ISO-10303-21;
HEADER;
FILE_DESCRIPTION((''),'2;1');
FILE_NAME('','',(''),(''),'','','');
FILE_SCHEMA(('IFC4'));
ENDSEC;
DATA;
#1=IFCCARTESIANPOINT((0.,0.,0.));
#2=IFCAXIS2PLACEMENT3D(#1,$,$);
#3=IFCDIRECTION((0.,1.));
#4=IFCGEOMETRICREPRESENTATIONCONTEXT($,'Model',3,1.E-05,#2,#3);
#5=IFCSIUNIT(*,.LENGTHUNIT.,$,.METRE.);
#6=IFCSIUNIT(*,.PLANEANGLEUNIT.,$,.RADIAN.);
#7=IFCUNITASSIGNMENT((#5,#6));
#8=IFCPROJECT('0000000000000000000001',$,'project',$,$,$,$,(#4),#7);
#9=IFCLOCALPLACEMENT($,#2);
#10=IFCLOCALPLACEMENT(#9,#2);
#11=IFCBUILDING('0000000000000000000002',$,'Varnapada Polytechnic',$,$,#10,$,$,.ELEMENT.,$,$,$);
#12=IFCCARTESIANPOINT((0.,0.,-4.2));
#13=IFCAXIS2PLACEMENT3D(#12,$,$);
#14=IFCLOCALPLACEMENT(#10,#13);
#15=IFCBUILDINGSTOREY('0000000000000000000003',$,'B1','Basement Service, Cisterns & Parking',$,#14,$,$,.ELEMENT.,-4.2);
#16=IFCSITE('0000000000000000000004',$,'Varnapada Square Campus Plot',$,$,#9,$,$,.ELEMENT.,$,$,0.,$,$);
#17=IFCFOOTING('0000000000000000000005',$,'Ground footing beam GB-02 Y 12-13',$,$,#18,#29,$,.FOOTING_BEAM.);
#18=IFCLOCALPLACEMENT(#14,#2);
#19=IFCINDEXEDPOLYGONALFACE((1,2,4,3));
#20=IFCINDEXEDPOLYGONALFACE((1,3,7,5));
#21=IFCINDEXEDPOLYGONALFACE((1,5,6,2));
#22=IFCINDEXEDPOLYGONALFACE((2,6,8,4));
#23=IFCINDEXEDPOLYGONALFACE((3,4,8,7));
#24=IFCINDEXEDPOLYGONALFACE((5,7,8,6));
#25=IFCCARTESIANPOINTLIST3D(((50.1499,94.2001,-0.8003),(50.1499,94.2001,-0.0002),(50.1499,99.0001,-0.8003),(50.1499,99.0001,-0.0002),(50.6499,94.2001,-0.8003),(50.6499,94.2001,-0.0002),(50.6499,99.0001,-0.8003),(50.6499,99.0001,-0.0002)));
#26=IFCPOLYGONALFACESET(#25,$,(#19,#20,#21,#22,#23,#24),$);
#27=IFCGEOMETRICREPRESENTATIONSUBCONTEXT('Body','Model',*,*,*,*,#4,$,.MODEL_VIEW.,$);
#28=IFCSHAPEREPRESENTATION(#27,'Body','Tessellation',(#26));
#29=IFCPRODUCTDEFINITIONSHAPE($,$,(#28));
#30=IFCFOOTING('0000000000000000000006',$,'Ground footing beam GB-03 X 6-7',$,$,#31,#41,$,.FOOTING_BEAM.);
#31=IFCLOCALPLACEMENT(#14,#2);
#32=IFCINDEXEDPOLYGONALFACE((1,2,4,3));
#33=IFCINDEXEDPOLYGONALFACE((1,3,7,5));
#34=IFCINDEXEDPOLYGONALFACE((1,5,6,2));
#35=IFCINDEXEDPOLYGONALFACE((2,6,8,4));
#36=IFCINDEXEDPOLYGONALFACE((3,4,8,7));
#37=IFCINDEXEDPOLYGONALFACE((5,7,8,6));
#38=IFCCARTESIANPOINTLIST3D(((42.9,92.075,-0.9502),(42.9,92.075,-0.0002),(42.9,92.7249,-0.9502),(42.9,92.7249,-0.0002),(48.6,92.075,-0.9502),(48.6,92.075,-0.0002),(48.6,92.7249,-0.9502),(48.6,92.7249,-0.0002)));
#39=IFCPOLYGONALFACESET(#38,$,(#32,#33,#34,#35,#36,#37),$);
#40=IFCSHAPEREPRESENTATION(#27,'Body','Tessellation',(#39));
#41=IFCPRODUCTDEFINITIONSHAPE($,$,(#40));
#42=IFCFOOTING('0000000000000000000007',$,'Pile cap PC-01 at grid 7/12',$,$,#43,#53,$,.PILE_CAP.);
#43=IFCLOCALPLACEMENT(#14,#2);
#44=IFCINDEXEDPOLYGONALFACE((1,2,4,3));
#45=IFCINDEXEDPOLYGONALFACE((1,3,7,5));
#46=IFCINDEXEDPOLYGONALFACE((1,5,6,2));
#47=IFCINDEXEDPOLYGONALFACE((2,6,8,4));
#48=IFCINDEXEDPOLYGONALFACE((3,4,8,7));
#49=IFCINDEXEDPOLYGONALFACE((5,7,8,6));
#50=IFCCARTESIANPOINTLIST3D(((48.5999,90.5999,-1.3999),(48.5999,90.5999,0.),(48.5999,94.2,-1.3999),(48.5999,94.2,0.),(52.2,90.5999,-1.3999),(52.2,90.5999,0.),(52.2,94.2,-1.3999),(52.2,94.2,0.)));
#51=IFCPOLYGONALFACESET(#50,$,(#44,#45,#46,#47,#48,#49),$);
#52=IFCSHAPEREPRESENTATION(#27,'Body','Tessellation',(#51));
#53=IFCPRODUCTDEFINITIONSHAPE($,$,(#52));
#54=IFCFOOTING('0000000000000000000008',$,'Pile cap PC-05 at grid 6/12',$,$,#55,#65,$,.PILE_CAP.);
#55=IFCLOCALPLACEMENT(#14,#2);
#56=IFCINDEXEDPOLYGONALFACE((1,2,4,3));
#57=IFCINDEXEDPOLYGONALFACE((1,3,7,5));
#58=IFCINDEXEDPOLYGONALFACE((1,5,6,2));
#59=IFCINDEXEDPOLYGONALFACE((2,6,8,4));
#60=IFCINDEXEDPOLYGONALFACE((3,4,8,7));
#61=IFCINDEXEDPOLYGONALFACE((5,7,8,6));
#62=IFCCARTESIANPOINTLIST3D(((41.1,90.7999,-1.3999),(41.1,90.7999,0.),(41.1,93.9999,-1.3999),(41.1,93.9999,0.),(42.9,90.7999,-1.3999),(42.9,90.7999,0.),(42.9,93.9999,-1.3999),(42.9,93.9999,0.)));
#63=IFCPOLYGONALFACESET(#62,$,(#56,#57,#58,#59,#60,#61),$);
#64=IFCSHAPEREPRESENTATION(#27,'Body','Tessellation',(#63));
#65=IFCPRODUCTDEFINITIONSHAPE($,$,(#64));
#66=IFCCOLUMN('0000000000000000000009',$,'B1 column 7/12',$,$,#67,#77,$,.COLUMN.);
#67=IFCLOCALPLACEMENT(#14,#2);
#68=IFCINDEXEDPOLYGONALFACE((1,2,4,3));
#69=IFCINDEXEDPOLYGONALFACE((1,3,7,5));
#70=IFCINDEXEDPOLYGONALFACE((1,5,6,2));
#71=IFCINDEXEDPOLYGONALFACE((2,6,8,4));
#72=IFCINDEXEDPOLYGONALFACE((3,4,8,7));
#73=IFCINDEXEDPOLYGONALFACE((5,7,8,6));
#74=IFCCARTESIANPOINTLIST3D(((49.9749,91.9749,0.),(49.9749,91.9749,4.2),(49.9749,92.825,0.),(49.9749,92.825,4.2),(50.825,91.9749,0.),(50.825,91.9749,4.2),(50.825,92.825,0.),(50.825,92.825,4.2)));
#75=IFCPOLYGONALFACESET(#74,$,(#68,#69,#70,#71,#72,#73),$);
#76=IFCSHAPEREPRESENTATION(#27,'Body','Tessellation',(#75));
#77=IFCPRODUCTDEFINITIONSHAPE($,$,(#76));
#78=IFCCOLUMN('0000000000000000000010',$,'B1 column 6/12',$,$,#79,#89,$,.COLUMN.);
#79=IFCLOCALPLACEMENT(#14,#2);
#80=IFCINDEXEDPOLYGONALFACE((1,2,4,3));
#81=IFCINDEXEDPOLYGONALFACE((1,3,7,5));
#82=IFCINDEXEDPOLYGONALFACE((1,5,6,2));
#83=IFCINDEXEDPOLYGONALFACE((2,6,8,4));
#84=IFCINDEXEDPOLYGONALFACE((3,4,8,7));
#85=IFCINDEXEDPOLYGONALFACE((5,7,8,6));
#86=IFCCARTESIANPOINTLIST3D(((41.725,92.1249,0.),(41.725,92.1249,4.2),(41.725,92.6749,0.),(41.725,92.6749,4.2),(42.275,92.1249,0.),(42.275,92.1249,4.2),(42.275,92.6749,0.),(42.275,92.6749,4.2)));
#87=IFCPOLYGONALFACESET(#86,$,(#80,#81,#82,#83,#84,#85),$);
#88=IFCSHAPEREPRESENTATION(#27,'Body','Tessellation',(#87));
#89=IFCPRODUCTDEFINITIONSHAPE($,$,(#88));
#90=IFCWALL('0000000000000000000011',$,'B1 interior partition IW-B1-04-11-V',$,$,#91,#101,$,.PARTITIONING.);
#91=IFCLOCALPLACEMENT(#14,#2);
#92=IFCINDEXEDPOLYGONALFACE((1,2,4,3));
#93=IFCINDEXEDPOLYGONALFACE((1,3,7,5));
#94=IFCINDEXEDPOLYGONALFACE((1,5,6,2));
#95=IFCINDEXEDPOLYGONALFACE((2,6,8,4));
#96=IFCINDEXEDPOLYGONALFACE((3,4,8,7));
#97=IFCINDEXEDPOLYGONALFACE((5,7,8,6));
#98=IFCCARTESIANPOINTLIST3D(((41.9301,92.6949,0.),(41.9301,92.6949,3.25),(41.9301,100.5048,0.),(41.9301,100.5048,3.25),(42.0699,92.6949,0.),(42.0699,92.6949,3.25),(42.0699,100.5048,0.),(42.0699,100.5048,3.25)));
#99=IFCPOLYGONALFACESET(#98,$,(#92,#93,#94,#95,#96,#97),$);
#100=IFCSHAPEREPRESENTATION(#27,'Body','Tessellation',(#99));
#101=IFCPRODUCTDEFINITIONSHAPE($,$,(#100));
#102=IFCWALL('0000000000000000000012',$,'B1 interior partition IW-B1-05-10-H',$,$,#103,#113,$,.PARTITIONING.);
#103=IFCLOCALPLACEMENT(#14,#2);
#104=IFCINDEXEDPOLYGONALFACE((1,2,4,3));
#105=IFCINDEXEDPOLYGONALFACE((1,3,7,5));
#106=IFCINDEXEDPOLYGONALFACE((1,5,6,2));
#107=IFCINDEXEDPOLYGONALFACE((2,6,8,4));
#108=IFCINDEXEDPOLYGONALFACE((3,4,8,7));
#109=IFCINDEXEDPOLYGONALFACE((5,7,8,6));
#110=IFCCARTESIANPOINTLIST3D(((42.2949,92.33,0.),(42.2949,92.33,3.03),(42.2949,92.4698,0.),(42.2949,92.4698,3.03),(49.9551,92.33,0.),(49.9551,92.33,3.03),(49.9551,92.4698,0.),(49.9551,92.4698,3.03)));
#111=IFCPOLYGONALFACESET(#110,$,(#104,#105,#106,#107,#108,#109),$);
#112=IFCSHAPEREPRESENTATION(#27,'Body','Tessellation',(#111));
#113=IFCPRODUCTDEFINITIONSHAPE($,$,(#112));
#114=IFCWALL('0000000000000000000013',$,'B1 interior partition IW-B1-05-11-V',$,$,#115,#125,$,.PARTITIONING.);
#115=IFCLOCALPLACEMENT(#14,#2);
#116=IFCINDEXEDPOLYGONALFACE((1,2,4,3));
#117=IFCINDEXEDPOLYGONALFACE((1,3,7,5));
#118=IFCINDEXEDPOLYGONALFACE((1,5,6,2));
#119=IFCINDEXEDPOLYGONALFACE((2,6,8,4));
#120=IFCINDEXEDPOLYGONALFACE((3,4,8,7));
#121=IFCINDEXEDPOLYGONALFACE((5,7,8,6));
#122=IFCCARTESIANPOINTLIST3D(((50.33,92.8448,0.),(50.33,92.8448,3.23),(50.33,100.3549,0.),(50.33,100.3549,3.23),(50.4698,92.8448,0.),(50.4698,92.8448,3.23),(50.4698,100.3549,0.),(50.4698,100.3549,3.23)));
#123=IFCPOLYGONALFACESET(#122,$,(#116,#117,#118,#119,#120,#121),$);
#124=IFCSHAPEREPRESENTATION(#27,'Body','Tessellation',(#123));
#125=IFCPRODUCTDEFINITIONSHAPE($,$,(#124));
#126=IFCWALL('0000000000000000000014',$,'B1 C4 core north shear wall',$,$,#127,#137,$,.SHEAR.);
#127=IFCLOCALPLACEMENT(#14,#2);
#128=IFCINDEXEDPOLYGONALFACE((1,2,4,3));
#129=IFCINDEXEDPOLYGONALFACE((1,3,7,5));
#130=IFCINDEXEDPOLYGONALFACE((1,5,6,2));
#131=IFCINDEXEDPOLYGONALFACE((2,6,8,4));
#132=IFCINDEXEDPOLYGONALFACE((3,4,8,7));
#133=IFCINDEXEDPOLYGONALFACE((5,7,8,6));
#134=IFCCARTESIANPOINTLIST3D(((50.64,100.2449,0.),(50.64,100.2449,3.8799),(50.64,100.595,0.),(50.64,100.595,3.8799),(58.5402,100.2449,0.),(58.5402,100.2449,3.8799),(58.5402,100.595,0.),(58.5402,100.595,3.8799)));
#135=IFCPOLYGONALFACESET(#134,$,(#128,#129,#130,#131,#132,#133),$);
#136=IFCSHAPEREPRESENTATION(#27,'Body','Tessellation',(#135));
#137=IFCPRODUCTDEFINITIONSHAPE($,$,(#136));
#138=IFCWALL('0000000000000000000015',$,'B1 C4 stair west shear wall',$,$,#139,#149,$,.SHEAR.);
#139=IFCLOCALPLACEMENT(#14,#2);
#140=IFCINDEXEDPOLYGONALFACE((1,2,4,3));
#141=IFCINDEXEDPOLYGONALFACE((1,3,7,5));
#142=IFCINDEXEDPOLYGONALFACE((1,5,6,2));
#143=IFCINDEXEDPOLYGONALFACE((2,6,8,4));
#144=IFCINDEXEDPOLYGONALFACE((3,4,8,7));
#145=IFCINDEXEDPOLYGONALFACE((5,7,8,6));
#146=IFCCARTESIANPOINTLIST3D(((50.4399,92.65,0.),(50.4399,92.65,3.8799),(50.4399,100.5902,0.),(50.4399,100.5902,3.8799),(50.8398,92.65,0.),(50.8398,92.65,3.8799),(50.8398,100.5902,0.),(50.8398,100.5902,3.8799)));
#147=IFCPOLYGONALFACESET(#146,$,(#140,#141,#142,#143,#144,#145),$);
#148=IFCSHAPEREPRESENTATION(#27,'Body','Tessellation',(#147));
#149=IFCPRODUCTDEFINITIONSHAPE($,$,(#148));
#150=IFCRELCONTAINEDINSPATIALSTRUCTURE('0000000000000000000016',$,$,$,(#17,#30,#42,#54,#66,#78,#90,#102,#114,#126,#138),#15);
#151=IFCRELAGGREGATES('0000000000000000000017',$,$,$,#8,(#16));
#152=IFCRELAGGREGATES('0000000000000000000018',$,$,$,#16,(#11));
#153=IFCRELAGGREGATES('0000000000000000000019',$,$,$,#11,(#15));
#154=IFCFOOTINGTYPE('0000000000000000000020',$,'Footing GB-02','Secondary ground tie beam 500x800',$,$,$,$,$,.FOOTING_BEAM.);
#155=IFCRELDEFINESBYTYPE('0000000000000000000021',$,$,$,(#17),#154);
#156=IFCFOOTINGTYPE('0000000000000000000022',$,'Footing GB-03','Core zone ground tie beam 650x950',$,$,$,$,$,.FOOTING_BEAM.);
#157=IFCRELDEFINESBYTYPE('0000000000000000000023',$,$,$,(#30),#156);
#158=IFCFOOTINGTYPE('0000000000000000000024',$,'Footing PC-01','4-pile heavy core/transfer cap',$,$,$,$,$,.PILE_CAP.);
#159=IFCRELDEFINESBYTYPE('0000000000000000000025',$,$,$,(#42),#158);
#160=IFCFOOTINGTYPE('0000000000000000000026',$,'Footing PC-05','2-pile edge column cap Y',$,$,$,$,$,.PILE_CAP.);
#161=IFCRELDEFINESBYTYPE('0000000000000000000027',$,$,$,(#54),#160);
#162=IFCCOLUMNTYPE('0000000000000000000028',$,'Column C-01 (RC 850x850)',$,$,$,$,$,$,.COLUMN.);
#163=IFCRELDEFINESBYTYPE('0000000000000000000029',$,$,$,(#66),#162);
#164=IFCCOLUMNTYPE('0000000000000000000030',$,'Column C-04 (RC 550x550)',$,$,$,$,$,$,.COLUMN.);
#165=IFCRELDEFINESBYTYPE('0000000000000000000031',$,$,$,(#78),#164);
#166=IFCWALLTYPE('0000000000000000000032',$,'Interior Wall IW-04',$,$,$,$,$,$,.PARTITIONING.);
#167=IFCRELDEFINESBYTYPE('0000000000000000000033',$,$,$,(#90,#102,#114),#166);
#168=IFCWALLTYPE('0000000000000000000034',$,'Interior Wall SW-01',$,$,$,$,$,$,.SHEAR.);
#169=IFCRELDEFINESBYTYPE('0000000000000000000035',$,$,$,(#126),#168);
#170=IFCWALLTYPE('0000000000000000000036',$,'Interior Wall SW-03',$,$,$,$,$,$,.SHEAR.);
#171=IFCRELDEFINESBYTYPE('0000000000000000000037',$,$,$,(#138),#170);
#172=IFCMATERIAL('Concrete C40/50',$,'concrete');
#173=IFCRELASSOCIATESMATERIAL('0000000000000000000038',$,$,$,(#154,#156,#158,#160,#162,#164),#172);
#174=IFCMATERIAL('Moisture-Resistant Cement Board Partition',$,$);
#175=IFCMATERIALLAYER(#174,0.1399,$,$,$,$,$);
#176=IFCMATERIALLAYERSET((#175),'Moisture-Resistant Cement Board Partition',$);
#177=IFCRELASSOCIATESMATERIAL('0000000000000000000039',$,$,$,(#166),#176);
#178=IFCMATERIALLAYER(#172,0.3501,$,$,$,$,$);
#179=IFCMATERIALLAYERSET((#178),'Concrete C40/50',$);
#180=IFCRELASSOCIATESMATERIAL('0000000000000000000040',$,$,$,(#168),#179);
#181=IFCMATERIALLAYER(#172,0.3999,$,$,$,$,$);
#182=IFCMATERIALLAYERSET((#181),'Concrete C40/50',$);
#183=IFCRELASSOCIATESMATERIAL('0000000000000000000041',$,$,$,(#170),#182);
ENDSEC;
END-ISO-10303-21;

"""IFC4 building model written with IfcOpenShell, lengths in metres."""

from ifc_helpers import new_model, si_unit, direction, frame, frame_2d, origin, origin_2d, place, context, subcontext, project, spatial, rectangle, extrude, material, layer, layer_set, material_profile, profile_set, type_object, element, save


model = new_model("IFC4")

# Units and contexts
model_context = context("Model", 3, precision=1e-05, world=origin(), true_north=direction((0.0, 1.0)))
body_context = subcontext(model_context, "Body", "Model", "MODEL_VIEW")
ifc_project = project(units=[si_unit("LENGTHUNIT", "METRE"), si_unit("PLANEANGLEUNIT", "RADIAN")], contexts=[model_context])

# Site, building, storey
site_placement = place(None, origin())
site = spatial("IfcSite", under=ifc_project, at=site_placement, Name="Varnapada Square Campus Plot", CompositionType="ELEMENT", RefElevation=0.0)
building_placement = place(site_placement, origin())
building = spatial("IfcBuilding", under=site, at=building_placement, Name="Varnapada Polytechnic", CompositionType="ELEMENT")
storey_placement = place(building_placement, frame((0.0, 0.0, -4.2)))
storey = spatial("IfcBuildingStorey", under=building, at=storey_placement, Name="B1", Description="Basement Service, Cisterns & Parking", CompositionType="ELEMENT", Elevation=-4.2)

# Shared definitions
ifc_material_1 = material(Name="Concrete C40/50", Category="concrete")

# Footings
footing_type_1 = type_object("IfcFootingType", Name="Footing GB-02", Description="Secondary ground tie beam 500x800", PredefinedType="FOOTING_BEAM", material=ifc_material_1)
footing_1_placement = place(storey_placement, frame((50.3999, 96.6001, -0.8003), z_axis=(0.0, 0.0, 1.0), x_axis=(0.0, 1.0, 0.0)))
element("IfcFooting", 1, at=footing_1_placement, inside=storey, type_object=footing_type_1, Name="Ground footing beam GB-02 Y 12-13", PredefinedType="FOOTING_BEAM", context=body_context, shape_type="SweptSolid", body=[
    extrude(rectangle(XDim=4.8, YDim=0.5, at=origin_2d()), origin(), (0.0, 0.0, 1.0), 0.8),
])
footing_type_2 = type_object("IfcFootingType", Name="Footing GB-03", Description="Core zone ground tie beam 650x950", PredefinedType="FOOTING_BEAM", material=ifc_material_1)
footing_2_placement = place(storey_placement, frame((45.75, 92.3999, -0.9502), z_axis=(0.0, 0.0, 1.0), x_axis=(1.0, 0.0, 0.0)))
element("IfcFooting", 2, at=footing_2_placement, inside=storey, type_object=footing_type_2, Name="Ground footing beam GB-03 X 6-7", PredefinedType="FOOTING_BEAM", context=body_context, shape_type="SweptSolid", body=[
    extrude(rectangle(XDim=5.7, YDim=0.6499, at=origin_2d()), origin(), (0.0, 0.0, 1.0), 0.95),
])
footing_type_3 = type_object("IfcFootingType", Name="Footing PC-01", Description="4-pile heavy core/transfer cap", PredefinedType="PILE_CAP", material=ifc_material_1)
footing_3_placement = place(storey_placement, frame((50.3999, 92.3999, -1.3999), z_axis=(0.0, 0.0, 1.0), x_axis=(1.0, 0.0, 0.0)))
element("IfcFooting", 3, at=footing_3_placement, inside=storey, type_object=footing_type_3, Name="Pile cap PC-01 at grid 7/12", PredefinedType="PILE_CAP", context=body_context, shape_type="SweptSolid", body=[
    extrude(rectangle(XDim=3.6001, YDim=3.6001, at=origin_2d()), origin(), (0.0, 0.0, 1.0), 1.3999),
])
footing_type_4 = type_object("IfcFootingType", Name="Footing PC-05", Description="2-pile edge column cap Y", PredefinedType="PILE_CAP", material=ifc_material_1)
footing_4_placement = place(storey_placement, frame((42.0, 92.3999, -1.3999), z_axis=(0.0, 0.0, 1.0), x_axis=(1.0, 0.0, 0.0)))
element("IfcFooting", 4, at=footing_4_placement, inside=storey, type_object=footing_type_4, Name="Pile cap PC-05 at grid 6/12", PredefinedType="PILE_CAP", context=body_context, shape_type="SweptSolid", body=[
    extrude(rectangle(XDim=1.8, YDim=3.2, at=origin_2d()), origin(), (0.0, 0.0, 1.0), 1.3999),
])

# Columns
ifc_material_profile_1 = material_profile(ifc_material_1, rectangle(XDim=0.8501, YDim=0.8501, at=origin_2d()), Name="RC 850x850")
ifc_profile_set_1 = profile_set([ifc_material_profile_1], Name="Concrete C40/50")
column_type_1 = type_object("IfcColumnType", Name="Column C-01 (RC 850x850)", PredefinedType="COLUMN", material=ifc_profile_set_1)
column_1_placement = place(storey_placement, frame((50.3999, 92.3999, 0.0), z_axis=(0.0, 0.0, 1.0), x_axis=(1.0, 0.0, 0.0)))
element("IfcColumn", 5, at=column_1_placement, inside=storey, type_object=column_type_1, Name="B1 column 7/12", PredefinedType="COLUMN", context=body_context, shape_type="SweptSolid", body=[
    extrude(rectangle(XDim=0.8501, YDim=0.8501, at=origin_2d()), origin(), (0.0, 0.0, 1.0), 4.2),
])
ifc_material_profile_2 = material_profile(ifc_material_1, rectangle(XDim=0.55, YDim=0.55, at=origin_2d()), Name="RC 550x550")
ifc_profile_set_2 = profile_set([ifc_material_profile_2], Name="Concrete C40/50")
column_type_2 = type_object("IfcColumnType", Name="Column C-04 (RC 550x550)", PredefinedType="COLUMN", material=ifc_profile_set_2)
column_2_placement = place(storey_placement, frame((42.0, 92.3999, 0.0), z_axis=(0.0, 0.0, 1.0), x_axis=(1.0, 0.0, 0.0)))
element("IfcColumn", 6, at=column_2_placement, inside=storey, type_object=column_type_2, Name="B1 column 6/12", PredefinedType="COLUMN", context=body_context, shape_type="SweptSolid", body=[
    extrude(rectangle(XDim=0.55, YDim=0.55, at=origin_2d()), origin(), (0.0, 0.0, 1.0), 4.2),
])

# Walls
ifc_material_2 = material(Name="Moisture-Resistant Cement Board Partition")
ifc_layer_1 = layer(ifc_material_2, 0.1399)
ifc_layer_set_1 = layer_set([ifc_layer_1], Name="Moisture-Resistant Cement Board Partition")
wall_type_1 = type_object("IfcWallType", Name="Interior Wall IW-04", PredefinedType="PARTITIONING", material=ifc_layer_set_1)
wall_1_placement = place(storey_placement, frame((42.0, 92.6951, 0.0), z_axis=(0.0, 0.0, 1.0), x_axis=(0.0, 1.0, 0.0)))
element("IfcWall", 7, at=wall_1_placement, inside=storey, type_object=wall_type_1, Name="B1 interior partition IW-B1-04-11-V", PredefinedType="PARTITIONING", context=body_context, shape_type="SweptSolid", body=[
    extrude(rectangle(XDim=7.8098, YDim=0.1399, at=frame_2d((3.9048, 0.0))), origin(), (0.0, 0.0, 1.0), 3.25),
])
wall_2_placement = place(storey_placement, frame((42.2949, 92.3999, 0.0), z_axis=(0.0, 0.0, 1.0), x_axis=(1.0, 0.0, 0.0)))
element("IfcWall", 8, at=wall_2_placement, inside=storey, type_object=wall_type_1, Name="B1 interior partition IW-B1-05-10-H", PredefinedType="PARTITIONING", context=body_context, shape_type="SweptSolid", body=[
    extrude(rectangle(XDim=7.6602, YDim=0.1399, at=frame_2d((3.8301, 0.0))), origin(), (0.0, 0.0, 1.0), 3.03),
])
wall_3_placement = place(storey_placement, frame((50.3999, 92.845, 0.0), z_axis=(0.0, 0.0, 1.0), x_axis=(0.0, 1.0, 0.0)))
element("IfcWall", 9, at=wall_3_placement, inside=storey, type_object=wall_type_1, Name="B1 interior partition IW-B1-05-11-V", PredefinedType="PARTITIONING", context=body_context, shape_type="SweptSolid", body=[
    extrude(rectangle(XDim=7.51, YDim=0.1399, at=frame_2d((3.7549, 0.0))), origin(), (0.0, 0.0, 1.0), 3.23),
])
ifc_layer_2 = layer(ifc_material_1, 0.3501)
ifc_layer_set_2 = layer_set([ifc_layer_2], Name="Concrete C40/50")
wall_type_2 = type_object("IfcWallType", Name="Interior Wall SW-01", PredefinedType="SHEAR", material=ifc_layer_set_2)
wall_4_placement = place(storey_placement, frame((50.6399, 100.4199, 0.0), z_axis=(0.0, 0.0, 1.0), x_axis=(1.0, 0.0, 0.0)))
element("IfcWall", 10, at=wall_4_placement, inside=storey, type_object=wall_type_2, Name="B1 C4 core north shear wall", PredefinedType="SHEAR", context=body_context, shape_type="SweptSolid", body=[
    extrude(rectangle(XDim=7.9001, YDim=0.3501, at=frame_2d((3.9502, 0.0))), origin(), (0.0, 0.0, 1.0), 3.8799),
])
ifc_layer_3 = layer(ifc_material_1, 0.3999)
ifc_layer_set_3 = layer_set([ifc_layer_3], Name="Concrete C40/50")
wall_type_3 = type_object("IfcWallType", Name="Interior Wall SW-03", PredefinedType="SHEAR", material=ifc_layer_set_3)
wall_5_placement = place(storey_placement, frame((50.6399, 92.6499, 0.0), z_axis=(0.0, 0.0, 1.0), x_axis=(0.0, 1.0, 0.0)))
element("IfcWall", 11, at=wall_5_placement, inside=storey, type_object=wall_type_3, Name="B1 C4 stair west shear wall", PredefinedType="SHEAR", context=body_context, shape_type="SweptSolid", body=[
    extrude(rectangle(XDim=7.9402, YDim=0.3999, at=frame_2d((3.9702, 0.0))), origin(), (0.0, 0.0, 1.0), 3.8799),
])

save(model, "model.ifc")
